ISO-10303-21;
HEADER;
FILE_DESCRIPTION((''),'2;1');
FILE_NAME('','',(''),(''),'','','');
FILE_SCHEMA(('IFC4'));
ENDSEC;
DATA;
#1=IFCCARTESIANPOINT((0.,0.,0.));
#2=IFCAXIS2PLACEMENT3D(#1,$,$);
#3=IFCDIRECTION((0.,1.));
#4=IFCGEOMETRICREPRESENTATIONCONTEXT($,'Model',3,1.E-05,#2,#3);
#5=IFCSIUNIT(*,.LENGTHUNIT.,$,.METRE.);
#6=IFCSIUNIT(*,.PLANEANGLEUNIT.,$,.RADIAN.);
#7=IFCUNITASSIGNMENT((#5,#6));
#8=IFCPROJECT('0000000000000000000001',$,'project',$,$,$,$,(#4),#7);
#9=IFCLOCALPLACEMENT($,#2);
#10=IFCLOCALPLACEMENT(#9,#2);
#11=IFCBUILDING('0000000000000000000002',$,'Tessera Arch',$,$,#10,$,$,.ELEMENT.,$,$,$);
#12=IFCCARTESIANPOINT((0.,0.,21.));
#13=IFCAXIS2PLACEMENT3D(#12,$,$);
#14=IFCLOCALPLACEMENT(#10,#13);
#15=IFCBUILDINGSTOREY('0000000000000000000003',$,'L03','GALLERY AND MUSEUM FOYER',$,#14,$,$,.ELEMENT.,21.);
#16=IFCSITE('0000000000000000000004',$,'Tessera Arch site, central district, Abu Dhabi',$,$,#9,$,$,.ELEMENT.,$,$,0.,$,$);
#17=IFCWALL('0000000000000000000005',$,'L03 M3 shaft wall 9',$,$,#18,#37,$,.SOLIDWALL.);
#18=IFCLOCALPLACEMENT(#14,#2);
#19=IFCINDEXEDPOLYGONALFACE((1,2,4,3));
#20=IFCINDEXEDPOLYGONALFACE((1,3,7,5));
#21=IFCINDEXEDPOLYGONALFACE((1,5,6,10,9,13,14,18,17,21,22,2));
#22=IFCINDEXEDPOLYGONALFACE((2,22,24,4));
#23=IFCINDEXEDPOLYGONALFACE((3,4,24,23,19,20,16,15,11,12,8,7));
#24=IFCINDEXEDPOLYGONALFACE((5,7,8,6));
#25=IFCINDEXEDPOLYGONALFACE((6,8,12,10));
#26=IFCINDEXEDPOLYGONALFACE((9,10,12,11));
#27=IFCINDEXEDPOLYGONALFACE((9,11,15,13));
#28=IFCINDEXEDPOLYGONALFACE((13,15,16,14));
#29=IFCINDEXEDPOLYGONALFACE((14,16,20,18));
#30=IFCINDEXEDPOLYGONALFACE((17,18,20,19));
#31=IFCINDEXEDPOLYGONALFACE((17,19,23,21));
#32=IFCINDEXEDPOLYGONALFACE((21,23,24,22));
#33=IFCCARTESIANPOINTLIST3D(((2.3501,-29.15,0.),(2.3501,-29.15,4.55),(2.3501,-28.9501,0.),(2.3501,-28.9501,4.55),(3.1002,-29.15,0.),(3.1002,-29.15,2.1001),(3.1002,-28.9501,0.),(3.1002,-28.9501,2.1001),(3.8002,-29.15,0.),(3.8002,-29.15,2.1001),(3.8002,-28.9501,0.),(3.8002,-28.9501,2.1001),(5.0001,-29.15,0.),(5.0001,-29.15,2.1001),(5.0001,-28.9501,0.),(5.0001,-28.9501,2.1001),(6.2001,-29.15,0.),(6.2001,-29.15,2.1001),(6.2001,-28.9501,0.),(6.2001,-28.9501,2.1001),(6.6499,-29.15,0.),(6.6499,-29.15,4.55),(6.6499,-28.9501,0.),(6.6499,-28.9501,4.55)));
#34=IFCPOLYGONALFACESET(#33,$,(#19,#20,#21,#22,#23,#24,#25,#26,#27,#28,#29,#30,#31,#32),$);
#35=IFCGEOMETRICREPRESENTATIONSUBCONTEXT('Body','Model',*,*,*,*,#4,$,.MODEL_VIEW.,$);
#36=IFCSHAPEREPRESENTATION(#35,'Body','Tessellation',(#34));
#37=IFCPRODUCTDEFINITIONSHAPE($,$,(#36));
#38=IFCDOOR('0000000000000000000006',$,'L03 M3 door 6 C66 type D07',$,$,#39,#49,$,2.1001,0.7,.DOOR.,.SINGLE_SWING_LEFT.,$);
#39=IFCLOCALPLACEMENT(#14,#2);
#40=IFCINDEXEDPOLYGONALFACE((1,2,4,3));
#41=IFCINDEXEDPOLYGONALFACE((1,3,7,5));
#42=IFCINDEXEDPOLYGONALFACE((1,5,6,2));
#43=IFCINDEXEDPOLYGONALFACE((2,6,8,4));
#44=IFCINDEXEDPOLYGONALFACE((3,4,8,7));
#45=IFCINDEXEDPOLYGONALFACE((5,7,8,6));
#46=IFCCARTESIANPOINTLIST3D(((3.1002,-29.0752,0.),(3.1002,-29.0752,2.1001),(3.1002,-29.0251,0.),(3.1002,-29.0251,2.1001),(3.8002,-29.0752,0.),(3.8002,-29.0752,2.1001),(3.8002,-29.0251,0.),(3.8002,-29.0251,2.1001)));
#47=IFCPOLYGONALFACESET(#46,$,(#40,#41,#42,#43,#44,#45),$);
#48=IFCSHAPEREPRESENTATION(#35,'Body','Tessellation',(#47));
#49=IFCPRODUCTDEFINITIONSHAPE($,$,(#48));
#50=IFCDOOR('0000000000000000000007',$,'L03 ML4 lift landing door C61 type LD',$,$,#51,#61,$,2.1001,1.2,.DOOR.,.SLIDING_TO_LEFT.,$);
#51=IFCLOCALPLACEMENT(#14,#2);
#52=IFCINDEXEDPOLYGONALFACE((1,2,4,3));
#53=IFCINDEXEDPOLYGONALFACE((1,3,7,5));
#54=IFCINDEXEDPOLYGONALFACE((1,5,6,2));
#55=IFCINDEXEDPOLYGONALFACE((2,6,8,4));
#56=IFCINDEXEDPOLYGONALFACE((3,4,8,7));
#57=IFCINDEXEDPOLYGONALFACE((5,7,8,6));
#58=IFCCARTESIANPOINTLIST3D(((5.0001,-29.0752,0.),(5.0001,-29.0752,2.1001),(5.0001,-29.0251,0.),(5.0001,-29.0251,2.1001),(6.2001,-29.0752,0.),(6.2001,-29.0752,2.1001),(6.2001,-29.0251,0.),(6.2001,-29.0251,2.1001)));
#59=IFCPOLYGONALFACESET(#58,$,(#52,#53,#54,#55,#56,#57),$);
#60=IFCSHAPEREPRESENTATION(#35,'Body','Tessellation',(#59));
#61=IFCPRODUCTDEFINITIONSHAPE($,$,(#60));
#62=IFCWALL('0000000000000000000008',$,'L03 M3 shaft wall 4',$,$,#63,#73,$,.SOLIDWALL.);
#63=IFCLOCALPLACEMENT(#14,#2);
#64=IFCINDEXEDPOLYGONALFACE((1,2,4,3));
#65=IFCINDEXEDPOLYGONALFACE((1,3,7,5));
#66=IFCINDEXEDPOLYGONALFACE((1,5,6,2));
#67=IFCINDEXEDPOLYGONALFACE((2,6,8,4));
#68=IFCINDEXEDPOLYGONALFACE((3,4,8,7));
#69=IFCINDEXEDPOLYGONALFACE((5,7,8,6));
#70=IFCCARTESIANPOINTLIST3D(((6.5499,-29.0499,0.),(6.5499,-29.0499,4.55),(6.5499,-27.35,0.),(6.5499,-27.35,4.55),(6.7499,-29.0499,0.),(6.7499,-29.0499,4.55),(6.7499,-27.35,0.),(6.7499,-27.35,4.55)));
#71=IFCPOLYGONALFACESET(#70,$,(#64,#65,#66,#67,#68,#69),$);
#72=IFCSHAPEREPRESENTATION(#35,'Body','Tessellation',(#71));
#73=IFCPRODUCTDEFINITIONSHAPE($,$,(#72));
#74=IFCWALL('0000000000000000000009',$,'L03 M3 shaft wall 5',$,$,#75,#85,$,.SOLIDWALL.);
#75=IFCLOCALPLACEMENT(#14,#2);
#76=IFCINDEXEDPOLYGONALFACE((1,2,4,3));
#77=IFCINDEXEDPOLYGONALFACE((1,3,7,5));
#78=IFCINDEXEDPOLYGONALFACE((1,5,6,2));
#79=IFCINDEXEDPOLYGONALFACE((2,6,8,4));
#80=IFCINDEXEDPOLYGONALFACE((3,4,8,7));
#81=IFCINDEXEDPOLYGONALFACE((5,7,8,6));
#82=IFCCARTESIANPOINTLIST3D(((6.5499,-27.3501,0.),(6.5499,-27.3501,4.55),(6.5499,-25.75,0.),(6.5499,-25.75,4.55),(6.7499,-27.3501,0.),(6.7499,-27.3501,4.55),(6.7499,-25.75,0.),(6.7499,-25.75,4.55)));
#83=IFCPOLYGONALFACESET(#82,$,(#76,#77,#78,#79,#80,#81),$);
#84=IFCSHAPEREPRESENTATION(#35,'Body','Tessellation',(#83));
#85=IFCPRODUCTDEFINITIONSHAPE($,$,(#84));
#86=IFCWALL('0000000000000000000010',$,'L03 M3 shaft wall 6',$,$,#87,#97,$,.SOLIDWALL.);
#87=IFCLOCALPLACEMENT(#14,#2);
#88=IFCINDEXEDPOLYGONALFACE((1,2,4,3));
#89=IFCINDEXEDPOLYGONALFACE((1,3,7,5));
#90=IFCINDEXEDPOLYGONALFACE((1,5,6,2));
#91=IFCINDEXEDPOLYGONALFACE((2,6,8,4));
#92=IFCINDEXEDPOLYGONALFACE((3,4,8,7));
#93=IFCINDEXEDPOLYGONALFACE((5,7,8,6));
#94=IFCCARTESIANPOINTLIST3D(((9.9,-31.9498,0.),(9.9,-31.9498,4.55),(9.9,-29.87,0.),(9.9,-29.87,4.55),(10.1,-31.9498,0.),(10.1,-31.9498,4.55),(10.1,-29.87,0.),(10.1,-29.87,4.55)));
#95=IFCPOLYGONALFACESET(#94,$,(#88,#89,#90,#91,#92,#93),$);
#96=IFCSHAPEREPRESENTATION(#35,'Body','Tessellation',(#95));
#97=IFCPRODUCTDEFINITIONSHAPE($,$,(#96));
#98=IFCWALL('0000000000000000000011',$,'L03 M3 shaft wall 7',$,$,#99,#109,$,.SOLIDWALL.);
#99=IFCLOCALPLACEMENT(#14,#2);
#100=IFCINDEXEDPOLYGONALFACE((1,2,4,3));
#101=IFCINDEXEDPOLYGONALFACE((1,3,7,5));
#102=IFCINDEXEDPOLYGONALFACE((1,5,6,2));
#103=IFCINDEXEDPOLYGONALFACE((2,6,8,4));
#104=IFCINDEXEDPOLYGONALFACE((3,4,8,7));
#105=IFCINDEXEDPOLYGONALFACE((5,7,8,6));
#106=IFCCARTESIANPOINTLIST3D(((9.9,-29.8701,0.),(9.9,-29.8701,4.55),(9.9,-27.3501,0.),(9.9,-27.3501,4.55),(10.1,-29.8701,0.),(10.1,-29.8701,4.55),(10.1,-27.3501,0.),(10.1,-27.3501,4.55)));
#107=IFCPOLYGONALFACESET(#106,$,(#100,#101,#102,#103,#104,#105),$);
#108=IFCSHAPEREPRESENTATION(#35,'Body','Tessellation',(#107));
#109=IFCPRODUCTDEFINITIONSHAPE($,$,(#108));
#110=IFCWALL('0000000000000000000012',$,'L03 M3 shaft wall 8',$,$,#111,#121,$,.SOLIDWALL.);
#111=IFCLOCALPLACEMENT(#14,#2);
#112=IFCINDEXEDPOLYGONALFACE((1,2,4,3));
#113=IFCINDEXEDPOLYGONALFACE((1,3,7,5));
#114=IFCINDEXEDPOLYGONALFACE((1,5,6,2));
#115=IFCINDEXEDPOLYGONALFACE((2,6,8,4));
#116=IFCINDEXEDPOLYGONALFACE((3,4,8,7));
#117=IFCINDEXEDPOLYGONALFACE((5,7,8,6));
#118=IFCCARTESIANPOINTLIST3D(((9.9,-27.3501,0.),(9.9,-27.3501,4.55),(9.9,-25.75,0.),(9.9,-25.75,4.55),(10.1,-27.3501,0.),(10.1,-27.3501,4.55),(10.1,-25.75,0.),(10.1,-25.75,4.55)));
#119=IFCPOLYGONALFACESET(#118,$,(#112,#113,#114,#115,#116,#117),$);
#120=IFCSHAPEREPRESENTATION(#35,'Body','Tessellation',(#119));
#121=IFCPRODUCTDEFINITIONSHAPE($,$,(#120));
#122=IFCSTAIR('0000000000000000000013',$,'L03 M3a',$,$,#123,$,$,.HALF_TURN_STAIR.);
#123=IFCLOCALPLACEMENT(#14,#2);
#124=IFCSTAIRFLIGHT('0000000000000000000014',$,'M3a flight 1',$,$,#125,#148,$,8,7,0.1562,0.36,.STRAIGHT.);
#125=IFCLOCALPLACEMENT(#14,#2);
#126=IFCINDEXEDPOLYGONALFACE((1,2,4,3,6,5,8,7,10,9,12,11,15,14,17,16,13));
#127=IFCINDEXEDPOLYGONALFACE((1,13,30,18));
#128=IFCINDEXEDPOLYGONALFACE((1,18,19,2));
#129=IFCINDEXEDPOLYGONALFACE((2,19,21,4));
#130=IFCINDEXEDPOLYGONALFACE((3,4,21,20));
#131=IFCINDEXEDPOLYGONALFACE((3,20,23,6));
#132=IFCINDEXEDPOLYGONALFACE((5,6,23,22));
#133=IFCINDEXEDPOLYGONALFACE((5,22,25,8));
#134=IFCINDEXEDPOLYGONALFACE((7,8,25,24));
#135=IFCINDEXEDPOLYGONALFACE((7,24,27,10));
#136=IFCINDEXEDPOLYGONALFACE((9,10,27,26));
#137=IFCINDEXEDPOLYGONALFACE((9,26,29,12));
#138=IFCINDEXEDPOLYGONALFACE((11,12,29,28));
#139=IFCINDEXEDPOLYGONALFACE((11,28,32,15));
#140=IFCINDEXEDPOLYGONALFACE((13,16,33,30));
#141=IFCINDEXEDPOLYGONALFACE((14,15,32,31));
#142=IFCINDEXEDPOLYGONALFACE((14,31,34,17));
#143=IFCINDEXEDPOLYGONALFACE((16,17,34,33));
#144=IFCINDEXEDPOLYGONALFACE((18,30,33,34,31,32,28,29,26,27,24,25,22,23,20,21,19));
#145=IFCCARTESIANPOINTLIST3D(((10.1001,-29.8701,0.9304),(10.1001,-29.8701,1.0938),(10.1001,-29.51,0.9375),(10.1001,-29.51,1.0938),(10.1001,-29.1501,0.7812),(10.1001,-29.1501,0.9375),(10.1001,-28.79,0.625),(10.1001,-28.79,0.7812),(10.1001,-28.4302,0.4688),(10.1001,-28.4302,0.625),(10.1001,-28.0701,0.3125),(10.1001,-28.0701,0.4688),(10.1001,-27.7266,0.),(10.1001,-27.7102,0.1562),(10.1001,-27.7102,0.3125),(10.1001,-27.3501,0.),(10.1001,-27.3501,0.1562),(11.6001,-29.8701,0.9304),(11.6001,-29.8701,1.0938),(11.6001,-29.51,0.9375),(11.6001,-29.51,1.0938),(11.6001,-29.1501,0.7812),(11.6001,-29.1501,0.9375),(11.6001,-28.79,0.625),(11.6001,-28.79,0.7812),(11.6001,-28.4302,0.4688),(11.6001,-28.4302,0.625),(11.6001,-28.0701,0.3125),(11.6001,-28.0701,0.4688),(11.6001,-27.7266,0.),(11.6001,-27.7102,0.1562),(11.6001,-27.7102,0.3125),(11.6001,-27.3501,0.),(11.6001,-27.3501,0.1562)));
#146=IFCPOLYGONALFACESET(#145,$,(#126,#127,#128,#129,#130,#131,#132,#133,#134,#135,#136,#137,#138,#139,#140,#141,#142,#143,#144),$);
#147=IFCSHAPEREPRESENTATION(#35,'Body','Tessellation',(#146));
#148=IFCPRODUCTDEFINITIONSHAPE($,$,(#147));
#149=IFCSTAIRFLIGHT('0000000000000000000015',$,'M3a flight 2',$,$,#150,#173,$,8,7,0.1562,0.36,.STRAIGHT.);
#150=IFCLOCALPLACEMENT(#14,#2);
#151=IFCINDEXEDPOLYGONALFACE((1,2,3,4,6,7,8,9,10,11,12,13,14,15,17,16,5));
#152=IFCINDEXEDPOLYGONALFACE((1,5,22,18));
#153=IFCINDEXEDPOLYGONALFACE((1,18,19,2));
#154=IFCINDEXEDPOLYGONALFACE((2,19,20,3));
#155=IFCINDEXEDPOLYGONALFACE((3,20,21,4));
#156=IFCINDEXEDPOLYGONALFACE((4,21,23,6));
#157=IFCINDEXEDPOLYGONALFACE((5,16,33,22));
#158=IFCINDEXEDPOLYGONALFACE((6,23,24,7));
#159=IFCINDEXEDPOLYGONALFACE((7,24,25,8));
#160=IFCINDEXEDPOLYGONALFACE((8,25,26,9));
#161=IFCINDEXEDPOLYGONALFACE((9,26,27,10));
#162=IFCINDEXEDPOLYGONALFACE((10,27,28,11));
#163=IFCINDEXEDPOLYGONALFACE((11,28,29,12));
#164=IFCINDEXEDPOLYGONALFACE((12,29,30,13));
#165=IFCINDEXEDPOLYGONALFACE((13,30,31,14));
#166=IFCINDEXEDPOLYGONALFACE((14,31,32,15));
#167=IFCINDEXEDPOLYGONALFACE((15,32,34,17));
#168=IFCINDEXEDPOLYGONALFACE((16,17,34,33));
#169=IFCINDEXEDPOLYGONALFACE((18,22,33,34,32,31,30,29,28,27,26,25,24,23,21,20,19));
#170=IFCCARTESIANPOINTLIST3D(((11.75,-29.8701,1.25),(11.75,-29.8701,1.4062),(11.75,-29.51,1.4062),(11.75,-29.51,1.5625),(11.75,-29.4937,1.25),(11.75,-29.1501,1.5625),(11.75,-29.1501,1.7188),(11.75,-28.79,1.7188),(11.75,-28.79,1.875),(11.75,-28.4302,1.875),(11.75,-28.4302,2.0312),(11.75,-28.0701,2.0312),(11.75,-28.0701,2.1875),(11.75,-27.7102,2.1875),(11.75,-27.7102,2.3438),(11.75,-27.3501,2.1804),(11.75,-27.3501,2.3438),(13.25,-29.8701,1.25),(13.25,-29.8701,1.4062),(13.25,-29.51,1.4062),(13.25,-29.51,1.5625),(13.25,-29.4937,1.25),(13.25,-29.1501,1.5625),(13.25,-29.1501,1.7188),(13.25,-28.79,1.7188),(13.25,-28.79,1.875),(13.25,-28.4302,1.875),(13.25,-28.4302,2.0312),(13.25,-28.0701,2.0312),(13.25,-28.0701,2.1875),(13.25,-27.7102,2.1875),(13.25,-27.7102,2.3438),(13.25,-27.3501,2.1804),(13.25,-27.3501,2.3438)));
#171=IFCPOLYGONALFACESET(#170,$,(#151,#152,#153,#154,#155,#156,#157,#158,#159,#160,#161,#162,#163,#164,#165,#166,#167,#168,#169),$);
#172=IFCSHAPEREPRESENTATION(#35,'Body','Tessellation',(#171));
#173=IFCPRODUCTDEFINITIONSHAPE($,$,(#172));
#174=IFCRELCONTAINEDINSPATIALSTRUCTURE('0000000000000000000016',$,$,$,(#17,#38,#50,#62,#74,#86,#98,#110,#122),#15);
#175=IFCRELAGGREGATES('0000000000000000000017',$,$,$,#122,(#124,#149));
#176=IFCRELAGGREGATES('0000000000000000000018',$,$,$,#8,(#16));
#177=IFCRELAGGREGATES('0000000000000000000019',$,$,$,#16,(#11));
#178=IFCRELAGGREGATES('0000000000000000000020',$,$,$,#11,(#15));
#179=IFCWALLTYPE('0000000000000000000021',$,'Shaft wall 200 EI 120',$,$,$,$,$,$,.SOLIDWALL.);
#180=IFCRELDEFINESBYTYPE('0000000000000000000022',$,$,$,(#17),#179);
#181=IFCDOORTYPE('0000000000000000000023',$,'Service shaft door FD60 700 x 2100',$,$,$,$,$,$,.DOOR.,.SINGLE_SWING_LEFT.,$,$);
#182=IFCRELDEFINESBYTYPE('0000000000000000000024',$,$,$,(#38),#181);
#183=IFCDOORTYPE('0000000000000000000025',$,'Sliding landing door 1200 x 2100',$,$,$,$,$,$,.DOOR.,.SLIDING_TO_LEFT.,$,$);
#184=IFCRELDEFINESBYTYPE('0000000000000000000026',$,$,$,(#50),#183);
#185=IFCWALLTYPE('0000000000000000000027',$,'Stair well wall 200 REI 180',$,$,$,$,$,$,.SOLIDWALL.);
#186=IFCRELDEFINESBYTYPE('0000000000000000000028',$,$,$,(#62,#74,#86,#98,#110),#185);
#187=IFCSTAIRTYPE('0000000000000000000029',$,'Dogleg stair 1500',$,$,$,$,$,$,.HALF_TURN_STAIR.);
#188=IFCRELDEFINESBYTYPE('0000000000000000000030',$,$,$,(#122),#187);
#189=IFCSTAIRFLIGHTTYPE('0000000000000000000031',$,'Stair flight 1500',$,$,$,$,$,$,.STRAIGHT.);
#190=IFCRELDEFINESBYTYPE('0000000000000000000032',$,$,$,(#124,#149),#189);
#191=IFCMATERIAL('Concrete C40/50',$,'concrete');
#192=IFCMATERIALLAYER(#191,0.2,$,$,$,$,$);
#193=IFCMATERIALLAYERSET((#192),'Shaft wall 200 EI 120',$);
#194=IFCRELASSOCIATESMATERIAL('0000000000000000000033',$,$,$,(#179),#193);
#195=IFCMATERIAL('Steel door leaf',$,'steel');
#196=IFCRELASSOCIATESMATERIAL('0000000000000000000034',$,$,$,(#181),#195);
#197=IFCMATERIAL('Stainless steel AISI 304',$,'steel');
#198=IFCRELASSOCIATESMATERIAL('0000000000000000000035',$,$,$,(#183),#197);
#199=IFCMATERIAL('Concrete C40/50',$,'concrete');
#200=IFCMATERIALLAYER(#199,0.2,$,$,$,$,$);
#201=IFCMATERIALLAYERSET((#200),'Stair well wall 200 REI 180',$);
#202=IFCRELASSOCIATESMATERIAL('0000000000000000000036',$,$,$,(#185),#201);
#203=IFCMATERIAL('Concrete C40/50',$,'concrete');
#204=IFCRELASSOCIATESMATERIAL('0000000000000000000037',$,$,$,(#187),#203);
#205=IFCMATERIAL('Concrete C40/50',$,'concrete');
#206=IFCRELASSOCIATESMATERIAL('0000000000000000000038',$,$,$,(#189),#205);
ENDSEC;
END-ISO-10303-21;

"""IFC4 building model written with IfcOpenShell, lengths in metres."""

from ifc_helpers import new_model, si_unit, direction, frame, frame_2d, origin, place, context, subcontext, project, spatial, polyline, rectangle, outline, extrude, material, layer, layer_set, type_object, element, fill, aggregate, save


model = new_model("IFC4")

# Units and contexts
model_context = context("Model", 3, precision=1e-05, world=origin(), true_north=direction((0.0, 1.0)))
body_context = subcontext(model_context, "Body", "Model", "MODEL_VIEW")
ifc_project = project(units=[si_unit("LENGTHUNIT", "METRE"), si_unit("PLANEANGLEUNIT", "RADIAN")], contexts=[model_context])

# Site, building, storey
site_placement = place(None, origin())
site = spatial("IfcSite", under=ifc_project, at=site_placement, Name="Tessera Arch site, central district, Abu Dhabi", CompositionType="ELEMENT", RefElevation=0.0)
building_placement = place(site_placement, origin())
building = spatial("IfcBuilding", under=site, at=building_placement, Name="Tessera Arch", CompositionType="ELEMENT")
storey_placement = place(building_placement, frame((0.0, 0.0, 21.0)))
storey = spatial("IfcBuildingStorey", under=building, at=storey_placement, Name="L03", Description="GALLERY AND MUSEUM FOYER", CompositionType="ELEMENT", Elevation=21.0)

# Shared definitions
ifc_material_1 = material(Name="Concrete C40/50", Category="concrete")
ifc_layer_1 = layer(ifc_material_1, 0.2)
ifc_layer_set_1 = layer_set([ifc_layer_1], Name="Shaft wall 200 EI 120")
wall_type_1 = type_object("IfcWallType", Name="Shaft wall 200 EI 120", PredefinedType="SOLIDWALL", material=ifc_layer_set_1)

# Wall, openings, doors
wall_1_placement = place(storey_placement, frame((2.3501, -29.05, 0.0), z_axis=(0.0, 0.0, 1.0), x_axis=(1.0, 0.0, 0.0)))
wall_1 = element("IfcWall", 1, at=wall_1_placement, inside=storey, type_object=wall_type_1, Name="L03 M3 shaft wall 9", PredefinedType="SOLIDWALL", context=body_context, shape_type="SweptSolid", body=[
    extrude(rectangle(XDim=4.2998, YDim=0.2, at=frame_2d((2.1499, 0.0))), origin(), (0.0, 0.0, 1.0), 4.55),
])
opening_1_placement = place(wall_1_placement, frame((2.6499, 0.0, 0.0)))
opening_1 = element("IfcOpeningElement", 2, at=opening_1_placement, cuts=wall_1, PredefinedType="OPENING", context=body_context, shape_type="SweptSolid", body=[
    extrude(rectangle(XDim=1.2, YDim=2.1001, at=frame_2d((0.6001, 1.05))), frame((0.0, 0.1099, 0.0), z_axis=(0.0, -1.0, 0.0), x_axis=(1.0, 0.0, 0.0)), (0.0, 0.0, 1.0), 0.22),
])
opening_2_placement = place(wall_1_placement, frame((0.75, 0.0, 0.0)))
opening_2 = element("IfcOpeningElement", 3, at=opening_2_placement, cuts=wall_1, PredefinedType="OPENING", context=body_context, shape_type="SweptSolid", body=[
    extrude(rectangle(XDim=0.7, YDim=2.1001, at=frame_2d((0.3501, 1.05))), frame((0.0, 0.1099, 0.0), z_axis=(0.0, -1.0, 0.0), x_axis=(1.0, 0.0, 0.0)), (0.0, 0.0, 1.0), 0.22),
])
ifc_material_2 = material(Name="Steel door leaf", Category="steel")
door_type_1 = type_object("IfcDoorType", Name="Service shaft door FD60 700 x 2100", OperationType="SINGLE_SWING_LEFT", PredefinedType="DOOR", material=ifc_material_2)
door_1_placement = place(opening_2_placement, origin())
door_1 = element("IfcDoor", 4, at=door_1_placement, inside=storey, type_object=door_type_1, Name="L03 M3 door 6 C66 type D07", OperationType="SINGLE_SWING_LEFT", OverallHeight=2.1001, OverallWidth=0.7, PredefinedType="DOOR", context=body_context, shape_type="SweptSolid", body=[
    extrude(rectangle(XDim=0.7, YDim=2.1001, at=frame_2d((0.3501, 1.05))), frame((0.0, 0.0249, 0.0), z_axis=(0.0, -1.0, 0.0), x_axis=(1.0, 0.0, 0.0)), (0.0, 0.0, 1.0), 0.05),
])
fill(opening_2, door_1)
ifc_material_3 = material(Name="Stainless steel AISI 304", Category="steel")
door_type_2 = type_object("IfcDoorType", Name="Sliding landing door 1200 x 2100", OperationType="SLIDING_TO_LEFT", PredefinedType="DOOR", material=ifc_material_3)
door_2_placement = place(opening_1_placement, origin())
door_2 = element("IfcDoor", 5, at=door_2_placement, inside=storey, type_object=door_type_2, Name="L03 ML4 lift landing door C61 type LD", OperationType="SLIDING_TO_LEFT", OverallHeight=2.1001, OverallWidth=1.2, PredefinedType="DOOR", context=body_context, shape_type="SweptSolid", body=[
    extrude(rectangle(XDim=1.2, YDim=2.1001, at=frame_2d((0.6001, 1.05))), frame((0.0, 0.0249, 0.0), z_axis=(0.0, -1.0, 0.0), x_axis=(1.0, 0.0, 0.0)), (0.0, 0.0, 1.0), 0.05),
])
fill(opening_1, door_2)

# Walls
ifc_material_4 = material(Name="Concrete C40/50", Category="concrete")
ifc_layer_2 = layer(ifc_material_4, 0.2)
ifc_layer_set_2 = layer_set([ifc_layer_2], Name="Stair well wall 200 REI 180")
wall_type_2 = type_object("IfcWallType", Name="Stair well wall 200 REI 180", PredefinedType="SOLIDWALL", material=ifc_layer_set_2)
wall_2_placement = place(storey_placement, frame((6.6499, -29.05, 0.0), z_axis=(0.0, 0.0, 1.0), x_axis=(0.0, 1.0, 0.0)))
element("IfcWall", 6, at=wall_2_placement, inside=storey, type_object=wall_type_2, Name="L03 M3 shaft wall 4", PredefinedType="SOLIDWALL", context=body_context, shape_type="SweptSolid", body=[
    extrude(rectangle(XDim=1.7, YDim=0.2, at=frame_2d((0.8501, 0.0))), origin(), (0.0, 0.0, 1.0), 4.55),
])
wall_3_placement = place(storey_placement, frame((6.6499, -27.3501, 0.0), z_axis=(0.0, 0.0, 1.0), x_axis=(0.0, 1.0, 0.0)))
element("IfcWall", 7, at=wall_3_placement, inside=storey, type_object=wall_type_2, Name="L03 M3 shaft wall 5", PredefinedType="SOLIDWALL", context=body_context, shape_type="SweptSolid", body=[
    extrude(rectangle(XDim=1.6001, YDim=0.2, at=frame_2d((0.8, 0.0))), origin(), (0.0, 0.0, 1.0), 4.55),
])
wall_4_placement = place(storey_placement, frame((10.0, -31.95, 0.0), z_axis=(0.0, 0.0, 1.0), x_axis=(0.0, 1.0, 0.0)))
element("IfcWall", 8, at=wall_4_placement, inside=storey, type_object=wall_type_2, Name="L03 M3 shaft wall 6", PredefinedType="SOLIDWALL", context=body_context, shape_type="SweptSolid", body=[
    extrude(rectangle(XDim=2.0798, YDim=0.2, at=frame_2d((1.04, 0.0))), origin(), (0.0, 0.0, 1.0), 4.55),
])
wall_5_placement = place(storey_placement, frame((10.0, -29.8701, 0.0), z_axis=(0.0, 0.0, 1.0), x_axis=(0.0, 1.0, 0.0)))
element("IfcWall", 9, at=wall_5_placement, inside=storey, type_object=wall_type_2, Name="L03 M3 shaft wall 7", PredefinedType="SOLIDWALL", context=body_context, shape_type="SweptSolid", body=[
    extrude(rectangle(XDim=2.52, YDim=0.2, at=frame_2d((1.26, 0.0))), origin(), (0.0, 0.0, 1.0), 4.55),
])
wall_6_placement = place(storey_placement, frame((10.0, -27.3501, 0.0), z_axis=(0.0, 0.0, 1.0), x_axis=(0.0, 1.0, 0.0)))
element("IfcWall", 10, at=wall_6_placement, inside=storey, type_object=wall_type_2, Name="L03 M3 shaft wall 8", PredefinedType="SOLIDWALL", context=body_context, shape_type="SweptSolid", body=[
    extrude(rectangle(XDim=1.6001, YDim=0.2, at=frame_2d((0.8, 0.0))), origin(), (0.0, 0.0, 1.0), 4.55),
])

# Stair, stair flights
ifc_material_5 = material(Name="Concrete C40/50", Category="concrete")
stair_type = type_object("IfcStairType", Name="Dogleg stair 1500", PredefinedType="HALF_TURN_STAIR", material=ifc_material_5)
stair_1_placement = place(storey_placement, origin())
stair_1 = element("IfcStair", 11, at=stair_1_placement, inside=storey, type_object=stair_type, Name="L03 M3a", PredefinedType="HALF_TURN_STAIR")
ifc_material_6 = material(Name="Concrete C40/50", Category="concrete")
stair_flight_type = type_object("IfcStairFlightType", Name="Stair flight 1500", PredefinedType="STRAIGHT", material=ifc_material_6)
stair_flight_1_placement = place(storey_placement, frame((10.8501, -27.3501, 0.0), z_axis=(0.0, 0.0, 1.0), x_axis=(0.0, -1.0, 0.0)))
stair_flight_1 = element("IfcStairFlight", 12, at=stair_flight_1_placement, type_object=stair_flight_type, Name="M3a flight 1", NumberOfRisers=8, NumberOfTreads=7, PredefinedType="STRAIGHT", RiserHeight=0.1562, TreadLength=0.36, context=body_context, shape_type="SweptSolid", body=[
    extrude(outline(polyline([(0.0, 0.0), (0.0, 0.1562), (0.3601, 0.1562), (0.3601, 0.3125), (0.72, 0.3125), (0.72, 0.4688), (1.0801, 0.4688), (1.0801, 0.625), (1.4399, 0.625), (1.4399, 0.7812), (1.8, 0.7812), (1.8, 0.9375), (2.1599, 0.9375), (2.1599, 1.0938), (2.52, 1.0938), (2.52, 1.25), (2.52, 0.9304), (0.3765, 0.0), (0.0, 0.0)])), frame((0.0, 0.75, 0.0), z_axis=(0.0, -1.0, 0.0), x_axis=(1.0, 0.0, 0.0)), (0.0, 0.0, 1.0), 1.5),
])
stair_flight_2_placement = place(storey_placement, frame((12.5, -29.8701, 1.25), z_axis=(0.0, 0.0, 1.0), x_axis=(0.0, 1.0, 0.0)))
stair_flight_2 = element("IfcStairFlight", 13, at=stair_flight_2_placement, type_object=stair_flight_type, Name="M3a flight 2", NumberOfRisers=8, NumberOfTreads=7, PredefinedType="STRAIGHT", RiserHeight=0.1562, TreadLength=0.36, context=body_context, shape_type="SweptSolid", body=[
    extrude(outline(polyline([(0.0, 0.0), (0.0, 0.1562), (0.3601, 0.1562), (0.3601, 0.3125), (0.72, 0.3125), (0.72, 0.4688), (1.0801, 0.4688), (1.0801, 0.625), (1.4399, 0.625), (1.4399, 0.7812), (1.8, 0.7812), (1.8, 0.9375), (2.1599, 0.9375), (2.1599, 1.0938), (2.52, 1.0938), (2.52, 1.25), (2.52, 0.9304), (0.3765, 0.0), (0.0, 0.0)])), frame((0.0, 0.75, 0.0), z_axis=(0.0, -1.0, 0.0), x_axis=(1.0, 0.0, 0.0)), (0.0, 0.0, 1.0), 1.5),
])
aggregate(stair_1, [stair_flight_1, stair_flight_2])

save(model, "model.ifc")
